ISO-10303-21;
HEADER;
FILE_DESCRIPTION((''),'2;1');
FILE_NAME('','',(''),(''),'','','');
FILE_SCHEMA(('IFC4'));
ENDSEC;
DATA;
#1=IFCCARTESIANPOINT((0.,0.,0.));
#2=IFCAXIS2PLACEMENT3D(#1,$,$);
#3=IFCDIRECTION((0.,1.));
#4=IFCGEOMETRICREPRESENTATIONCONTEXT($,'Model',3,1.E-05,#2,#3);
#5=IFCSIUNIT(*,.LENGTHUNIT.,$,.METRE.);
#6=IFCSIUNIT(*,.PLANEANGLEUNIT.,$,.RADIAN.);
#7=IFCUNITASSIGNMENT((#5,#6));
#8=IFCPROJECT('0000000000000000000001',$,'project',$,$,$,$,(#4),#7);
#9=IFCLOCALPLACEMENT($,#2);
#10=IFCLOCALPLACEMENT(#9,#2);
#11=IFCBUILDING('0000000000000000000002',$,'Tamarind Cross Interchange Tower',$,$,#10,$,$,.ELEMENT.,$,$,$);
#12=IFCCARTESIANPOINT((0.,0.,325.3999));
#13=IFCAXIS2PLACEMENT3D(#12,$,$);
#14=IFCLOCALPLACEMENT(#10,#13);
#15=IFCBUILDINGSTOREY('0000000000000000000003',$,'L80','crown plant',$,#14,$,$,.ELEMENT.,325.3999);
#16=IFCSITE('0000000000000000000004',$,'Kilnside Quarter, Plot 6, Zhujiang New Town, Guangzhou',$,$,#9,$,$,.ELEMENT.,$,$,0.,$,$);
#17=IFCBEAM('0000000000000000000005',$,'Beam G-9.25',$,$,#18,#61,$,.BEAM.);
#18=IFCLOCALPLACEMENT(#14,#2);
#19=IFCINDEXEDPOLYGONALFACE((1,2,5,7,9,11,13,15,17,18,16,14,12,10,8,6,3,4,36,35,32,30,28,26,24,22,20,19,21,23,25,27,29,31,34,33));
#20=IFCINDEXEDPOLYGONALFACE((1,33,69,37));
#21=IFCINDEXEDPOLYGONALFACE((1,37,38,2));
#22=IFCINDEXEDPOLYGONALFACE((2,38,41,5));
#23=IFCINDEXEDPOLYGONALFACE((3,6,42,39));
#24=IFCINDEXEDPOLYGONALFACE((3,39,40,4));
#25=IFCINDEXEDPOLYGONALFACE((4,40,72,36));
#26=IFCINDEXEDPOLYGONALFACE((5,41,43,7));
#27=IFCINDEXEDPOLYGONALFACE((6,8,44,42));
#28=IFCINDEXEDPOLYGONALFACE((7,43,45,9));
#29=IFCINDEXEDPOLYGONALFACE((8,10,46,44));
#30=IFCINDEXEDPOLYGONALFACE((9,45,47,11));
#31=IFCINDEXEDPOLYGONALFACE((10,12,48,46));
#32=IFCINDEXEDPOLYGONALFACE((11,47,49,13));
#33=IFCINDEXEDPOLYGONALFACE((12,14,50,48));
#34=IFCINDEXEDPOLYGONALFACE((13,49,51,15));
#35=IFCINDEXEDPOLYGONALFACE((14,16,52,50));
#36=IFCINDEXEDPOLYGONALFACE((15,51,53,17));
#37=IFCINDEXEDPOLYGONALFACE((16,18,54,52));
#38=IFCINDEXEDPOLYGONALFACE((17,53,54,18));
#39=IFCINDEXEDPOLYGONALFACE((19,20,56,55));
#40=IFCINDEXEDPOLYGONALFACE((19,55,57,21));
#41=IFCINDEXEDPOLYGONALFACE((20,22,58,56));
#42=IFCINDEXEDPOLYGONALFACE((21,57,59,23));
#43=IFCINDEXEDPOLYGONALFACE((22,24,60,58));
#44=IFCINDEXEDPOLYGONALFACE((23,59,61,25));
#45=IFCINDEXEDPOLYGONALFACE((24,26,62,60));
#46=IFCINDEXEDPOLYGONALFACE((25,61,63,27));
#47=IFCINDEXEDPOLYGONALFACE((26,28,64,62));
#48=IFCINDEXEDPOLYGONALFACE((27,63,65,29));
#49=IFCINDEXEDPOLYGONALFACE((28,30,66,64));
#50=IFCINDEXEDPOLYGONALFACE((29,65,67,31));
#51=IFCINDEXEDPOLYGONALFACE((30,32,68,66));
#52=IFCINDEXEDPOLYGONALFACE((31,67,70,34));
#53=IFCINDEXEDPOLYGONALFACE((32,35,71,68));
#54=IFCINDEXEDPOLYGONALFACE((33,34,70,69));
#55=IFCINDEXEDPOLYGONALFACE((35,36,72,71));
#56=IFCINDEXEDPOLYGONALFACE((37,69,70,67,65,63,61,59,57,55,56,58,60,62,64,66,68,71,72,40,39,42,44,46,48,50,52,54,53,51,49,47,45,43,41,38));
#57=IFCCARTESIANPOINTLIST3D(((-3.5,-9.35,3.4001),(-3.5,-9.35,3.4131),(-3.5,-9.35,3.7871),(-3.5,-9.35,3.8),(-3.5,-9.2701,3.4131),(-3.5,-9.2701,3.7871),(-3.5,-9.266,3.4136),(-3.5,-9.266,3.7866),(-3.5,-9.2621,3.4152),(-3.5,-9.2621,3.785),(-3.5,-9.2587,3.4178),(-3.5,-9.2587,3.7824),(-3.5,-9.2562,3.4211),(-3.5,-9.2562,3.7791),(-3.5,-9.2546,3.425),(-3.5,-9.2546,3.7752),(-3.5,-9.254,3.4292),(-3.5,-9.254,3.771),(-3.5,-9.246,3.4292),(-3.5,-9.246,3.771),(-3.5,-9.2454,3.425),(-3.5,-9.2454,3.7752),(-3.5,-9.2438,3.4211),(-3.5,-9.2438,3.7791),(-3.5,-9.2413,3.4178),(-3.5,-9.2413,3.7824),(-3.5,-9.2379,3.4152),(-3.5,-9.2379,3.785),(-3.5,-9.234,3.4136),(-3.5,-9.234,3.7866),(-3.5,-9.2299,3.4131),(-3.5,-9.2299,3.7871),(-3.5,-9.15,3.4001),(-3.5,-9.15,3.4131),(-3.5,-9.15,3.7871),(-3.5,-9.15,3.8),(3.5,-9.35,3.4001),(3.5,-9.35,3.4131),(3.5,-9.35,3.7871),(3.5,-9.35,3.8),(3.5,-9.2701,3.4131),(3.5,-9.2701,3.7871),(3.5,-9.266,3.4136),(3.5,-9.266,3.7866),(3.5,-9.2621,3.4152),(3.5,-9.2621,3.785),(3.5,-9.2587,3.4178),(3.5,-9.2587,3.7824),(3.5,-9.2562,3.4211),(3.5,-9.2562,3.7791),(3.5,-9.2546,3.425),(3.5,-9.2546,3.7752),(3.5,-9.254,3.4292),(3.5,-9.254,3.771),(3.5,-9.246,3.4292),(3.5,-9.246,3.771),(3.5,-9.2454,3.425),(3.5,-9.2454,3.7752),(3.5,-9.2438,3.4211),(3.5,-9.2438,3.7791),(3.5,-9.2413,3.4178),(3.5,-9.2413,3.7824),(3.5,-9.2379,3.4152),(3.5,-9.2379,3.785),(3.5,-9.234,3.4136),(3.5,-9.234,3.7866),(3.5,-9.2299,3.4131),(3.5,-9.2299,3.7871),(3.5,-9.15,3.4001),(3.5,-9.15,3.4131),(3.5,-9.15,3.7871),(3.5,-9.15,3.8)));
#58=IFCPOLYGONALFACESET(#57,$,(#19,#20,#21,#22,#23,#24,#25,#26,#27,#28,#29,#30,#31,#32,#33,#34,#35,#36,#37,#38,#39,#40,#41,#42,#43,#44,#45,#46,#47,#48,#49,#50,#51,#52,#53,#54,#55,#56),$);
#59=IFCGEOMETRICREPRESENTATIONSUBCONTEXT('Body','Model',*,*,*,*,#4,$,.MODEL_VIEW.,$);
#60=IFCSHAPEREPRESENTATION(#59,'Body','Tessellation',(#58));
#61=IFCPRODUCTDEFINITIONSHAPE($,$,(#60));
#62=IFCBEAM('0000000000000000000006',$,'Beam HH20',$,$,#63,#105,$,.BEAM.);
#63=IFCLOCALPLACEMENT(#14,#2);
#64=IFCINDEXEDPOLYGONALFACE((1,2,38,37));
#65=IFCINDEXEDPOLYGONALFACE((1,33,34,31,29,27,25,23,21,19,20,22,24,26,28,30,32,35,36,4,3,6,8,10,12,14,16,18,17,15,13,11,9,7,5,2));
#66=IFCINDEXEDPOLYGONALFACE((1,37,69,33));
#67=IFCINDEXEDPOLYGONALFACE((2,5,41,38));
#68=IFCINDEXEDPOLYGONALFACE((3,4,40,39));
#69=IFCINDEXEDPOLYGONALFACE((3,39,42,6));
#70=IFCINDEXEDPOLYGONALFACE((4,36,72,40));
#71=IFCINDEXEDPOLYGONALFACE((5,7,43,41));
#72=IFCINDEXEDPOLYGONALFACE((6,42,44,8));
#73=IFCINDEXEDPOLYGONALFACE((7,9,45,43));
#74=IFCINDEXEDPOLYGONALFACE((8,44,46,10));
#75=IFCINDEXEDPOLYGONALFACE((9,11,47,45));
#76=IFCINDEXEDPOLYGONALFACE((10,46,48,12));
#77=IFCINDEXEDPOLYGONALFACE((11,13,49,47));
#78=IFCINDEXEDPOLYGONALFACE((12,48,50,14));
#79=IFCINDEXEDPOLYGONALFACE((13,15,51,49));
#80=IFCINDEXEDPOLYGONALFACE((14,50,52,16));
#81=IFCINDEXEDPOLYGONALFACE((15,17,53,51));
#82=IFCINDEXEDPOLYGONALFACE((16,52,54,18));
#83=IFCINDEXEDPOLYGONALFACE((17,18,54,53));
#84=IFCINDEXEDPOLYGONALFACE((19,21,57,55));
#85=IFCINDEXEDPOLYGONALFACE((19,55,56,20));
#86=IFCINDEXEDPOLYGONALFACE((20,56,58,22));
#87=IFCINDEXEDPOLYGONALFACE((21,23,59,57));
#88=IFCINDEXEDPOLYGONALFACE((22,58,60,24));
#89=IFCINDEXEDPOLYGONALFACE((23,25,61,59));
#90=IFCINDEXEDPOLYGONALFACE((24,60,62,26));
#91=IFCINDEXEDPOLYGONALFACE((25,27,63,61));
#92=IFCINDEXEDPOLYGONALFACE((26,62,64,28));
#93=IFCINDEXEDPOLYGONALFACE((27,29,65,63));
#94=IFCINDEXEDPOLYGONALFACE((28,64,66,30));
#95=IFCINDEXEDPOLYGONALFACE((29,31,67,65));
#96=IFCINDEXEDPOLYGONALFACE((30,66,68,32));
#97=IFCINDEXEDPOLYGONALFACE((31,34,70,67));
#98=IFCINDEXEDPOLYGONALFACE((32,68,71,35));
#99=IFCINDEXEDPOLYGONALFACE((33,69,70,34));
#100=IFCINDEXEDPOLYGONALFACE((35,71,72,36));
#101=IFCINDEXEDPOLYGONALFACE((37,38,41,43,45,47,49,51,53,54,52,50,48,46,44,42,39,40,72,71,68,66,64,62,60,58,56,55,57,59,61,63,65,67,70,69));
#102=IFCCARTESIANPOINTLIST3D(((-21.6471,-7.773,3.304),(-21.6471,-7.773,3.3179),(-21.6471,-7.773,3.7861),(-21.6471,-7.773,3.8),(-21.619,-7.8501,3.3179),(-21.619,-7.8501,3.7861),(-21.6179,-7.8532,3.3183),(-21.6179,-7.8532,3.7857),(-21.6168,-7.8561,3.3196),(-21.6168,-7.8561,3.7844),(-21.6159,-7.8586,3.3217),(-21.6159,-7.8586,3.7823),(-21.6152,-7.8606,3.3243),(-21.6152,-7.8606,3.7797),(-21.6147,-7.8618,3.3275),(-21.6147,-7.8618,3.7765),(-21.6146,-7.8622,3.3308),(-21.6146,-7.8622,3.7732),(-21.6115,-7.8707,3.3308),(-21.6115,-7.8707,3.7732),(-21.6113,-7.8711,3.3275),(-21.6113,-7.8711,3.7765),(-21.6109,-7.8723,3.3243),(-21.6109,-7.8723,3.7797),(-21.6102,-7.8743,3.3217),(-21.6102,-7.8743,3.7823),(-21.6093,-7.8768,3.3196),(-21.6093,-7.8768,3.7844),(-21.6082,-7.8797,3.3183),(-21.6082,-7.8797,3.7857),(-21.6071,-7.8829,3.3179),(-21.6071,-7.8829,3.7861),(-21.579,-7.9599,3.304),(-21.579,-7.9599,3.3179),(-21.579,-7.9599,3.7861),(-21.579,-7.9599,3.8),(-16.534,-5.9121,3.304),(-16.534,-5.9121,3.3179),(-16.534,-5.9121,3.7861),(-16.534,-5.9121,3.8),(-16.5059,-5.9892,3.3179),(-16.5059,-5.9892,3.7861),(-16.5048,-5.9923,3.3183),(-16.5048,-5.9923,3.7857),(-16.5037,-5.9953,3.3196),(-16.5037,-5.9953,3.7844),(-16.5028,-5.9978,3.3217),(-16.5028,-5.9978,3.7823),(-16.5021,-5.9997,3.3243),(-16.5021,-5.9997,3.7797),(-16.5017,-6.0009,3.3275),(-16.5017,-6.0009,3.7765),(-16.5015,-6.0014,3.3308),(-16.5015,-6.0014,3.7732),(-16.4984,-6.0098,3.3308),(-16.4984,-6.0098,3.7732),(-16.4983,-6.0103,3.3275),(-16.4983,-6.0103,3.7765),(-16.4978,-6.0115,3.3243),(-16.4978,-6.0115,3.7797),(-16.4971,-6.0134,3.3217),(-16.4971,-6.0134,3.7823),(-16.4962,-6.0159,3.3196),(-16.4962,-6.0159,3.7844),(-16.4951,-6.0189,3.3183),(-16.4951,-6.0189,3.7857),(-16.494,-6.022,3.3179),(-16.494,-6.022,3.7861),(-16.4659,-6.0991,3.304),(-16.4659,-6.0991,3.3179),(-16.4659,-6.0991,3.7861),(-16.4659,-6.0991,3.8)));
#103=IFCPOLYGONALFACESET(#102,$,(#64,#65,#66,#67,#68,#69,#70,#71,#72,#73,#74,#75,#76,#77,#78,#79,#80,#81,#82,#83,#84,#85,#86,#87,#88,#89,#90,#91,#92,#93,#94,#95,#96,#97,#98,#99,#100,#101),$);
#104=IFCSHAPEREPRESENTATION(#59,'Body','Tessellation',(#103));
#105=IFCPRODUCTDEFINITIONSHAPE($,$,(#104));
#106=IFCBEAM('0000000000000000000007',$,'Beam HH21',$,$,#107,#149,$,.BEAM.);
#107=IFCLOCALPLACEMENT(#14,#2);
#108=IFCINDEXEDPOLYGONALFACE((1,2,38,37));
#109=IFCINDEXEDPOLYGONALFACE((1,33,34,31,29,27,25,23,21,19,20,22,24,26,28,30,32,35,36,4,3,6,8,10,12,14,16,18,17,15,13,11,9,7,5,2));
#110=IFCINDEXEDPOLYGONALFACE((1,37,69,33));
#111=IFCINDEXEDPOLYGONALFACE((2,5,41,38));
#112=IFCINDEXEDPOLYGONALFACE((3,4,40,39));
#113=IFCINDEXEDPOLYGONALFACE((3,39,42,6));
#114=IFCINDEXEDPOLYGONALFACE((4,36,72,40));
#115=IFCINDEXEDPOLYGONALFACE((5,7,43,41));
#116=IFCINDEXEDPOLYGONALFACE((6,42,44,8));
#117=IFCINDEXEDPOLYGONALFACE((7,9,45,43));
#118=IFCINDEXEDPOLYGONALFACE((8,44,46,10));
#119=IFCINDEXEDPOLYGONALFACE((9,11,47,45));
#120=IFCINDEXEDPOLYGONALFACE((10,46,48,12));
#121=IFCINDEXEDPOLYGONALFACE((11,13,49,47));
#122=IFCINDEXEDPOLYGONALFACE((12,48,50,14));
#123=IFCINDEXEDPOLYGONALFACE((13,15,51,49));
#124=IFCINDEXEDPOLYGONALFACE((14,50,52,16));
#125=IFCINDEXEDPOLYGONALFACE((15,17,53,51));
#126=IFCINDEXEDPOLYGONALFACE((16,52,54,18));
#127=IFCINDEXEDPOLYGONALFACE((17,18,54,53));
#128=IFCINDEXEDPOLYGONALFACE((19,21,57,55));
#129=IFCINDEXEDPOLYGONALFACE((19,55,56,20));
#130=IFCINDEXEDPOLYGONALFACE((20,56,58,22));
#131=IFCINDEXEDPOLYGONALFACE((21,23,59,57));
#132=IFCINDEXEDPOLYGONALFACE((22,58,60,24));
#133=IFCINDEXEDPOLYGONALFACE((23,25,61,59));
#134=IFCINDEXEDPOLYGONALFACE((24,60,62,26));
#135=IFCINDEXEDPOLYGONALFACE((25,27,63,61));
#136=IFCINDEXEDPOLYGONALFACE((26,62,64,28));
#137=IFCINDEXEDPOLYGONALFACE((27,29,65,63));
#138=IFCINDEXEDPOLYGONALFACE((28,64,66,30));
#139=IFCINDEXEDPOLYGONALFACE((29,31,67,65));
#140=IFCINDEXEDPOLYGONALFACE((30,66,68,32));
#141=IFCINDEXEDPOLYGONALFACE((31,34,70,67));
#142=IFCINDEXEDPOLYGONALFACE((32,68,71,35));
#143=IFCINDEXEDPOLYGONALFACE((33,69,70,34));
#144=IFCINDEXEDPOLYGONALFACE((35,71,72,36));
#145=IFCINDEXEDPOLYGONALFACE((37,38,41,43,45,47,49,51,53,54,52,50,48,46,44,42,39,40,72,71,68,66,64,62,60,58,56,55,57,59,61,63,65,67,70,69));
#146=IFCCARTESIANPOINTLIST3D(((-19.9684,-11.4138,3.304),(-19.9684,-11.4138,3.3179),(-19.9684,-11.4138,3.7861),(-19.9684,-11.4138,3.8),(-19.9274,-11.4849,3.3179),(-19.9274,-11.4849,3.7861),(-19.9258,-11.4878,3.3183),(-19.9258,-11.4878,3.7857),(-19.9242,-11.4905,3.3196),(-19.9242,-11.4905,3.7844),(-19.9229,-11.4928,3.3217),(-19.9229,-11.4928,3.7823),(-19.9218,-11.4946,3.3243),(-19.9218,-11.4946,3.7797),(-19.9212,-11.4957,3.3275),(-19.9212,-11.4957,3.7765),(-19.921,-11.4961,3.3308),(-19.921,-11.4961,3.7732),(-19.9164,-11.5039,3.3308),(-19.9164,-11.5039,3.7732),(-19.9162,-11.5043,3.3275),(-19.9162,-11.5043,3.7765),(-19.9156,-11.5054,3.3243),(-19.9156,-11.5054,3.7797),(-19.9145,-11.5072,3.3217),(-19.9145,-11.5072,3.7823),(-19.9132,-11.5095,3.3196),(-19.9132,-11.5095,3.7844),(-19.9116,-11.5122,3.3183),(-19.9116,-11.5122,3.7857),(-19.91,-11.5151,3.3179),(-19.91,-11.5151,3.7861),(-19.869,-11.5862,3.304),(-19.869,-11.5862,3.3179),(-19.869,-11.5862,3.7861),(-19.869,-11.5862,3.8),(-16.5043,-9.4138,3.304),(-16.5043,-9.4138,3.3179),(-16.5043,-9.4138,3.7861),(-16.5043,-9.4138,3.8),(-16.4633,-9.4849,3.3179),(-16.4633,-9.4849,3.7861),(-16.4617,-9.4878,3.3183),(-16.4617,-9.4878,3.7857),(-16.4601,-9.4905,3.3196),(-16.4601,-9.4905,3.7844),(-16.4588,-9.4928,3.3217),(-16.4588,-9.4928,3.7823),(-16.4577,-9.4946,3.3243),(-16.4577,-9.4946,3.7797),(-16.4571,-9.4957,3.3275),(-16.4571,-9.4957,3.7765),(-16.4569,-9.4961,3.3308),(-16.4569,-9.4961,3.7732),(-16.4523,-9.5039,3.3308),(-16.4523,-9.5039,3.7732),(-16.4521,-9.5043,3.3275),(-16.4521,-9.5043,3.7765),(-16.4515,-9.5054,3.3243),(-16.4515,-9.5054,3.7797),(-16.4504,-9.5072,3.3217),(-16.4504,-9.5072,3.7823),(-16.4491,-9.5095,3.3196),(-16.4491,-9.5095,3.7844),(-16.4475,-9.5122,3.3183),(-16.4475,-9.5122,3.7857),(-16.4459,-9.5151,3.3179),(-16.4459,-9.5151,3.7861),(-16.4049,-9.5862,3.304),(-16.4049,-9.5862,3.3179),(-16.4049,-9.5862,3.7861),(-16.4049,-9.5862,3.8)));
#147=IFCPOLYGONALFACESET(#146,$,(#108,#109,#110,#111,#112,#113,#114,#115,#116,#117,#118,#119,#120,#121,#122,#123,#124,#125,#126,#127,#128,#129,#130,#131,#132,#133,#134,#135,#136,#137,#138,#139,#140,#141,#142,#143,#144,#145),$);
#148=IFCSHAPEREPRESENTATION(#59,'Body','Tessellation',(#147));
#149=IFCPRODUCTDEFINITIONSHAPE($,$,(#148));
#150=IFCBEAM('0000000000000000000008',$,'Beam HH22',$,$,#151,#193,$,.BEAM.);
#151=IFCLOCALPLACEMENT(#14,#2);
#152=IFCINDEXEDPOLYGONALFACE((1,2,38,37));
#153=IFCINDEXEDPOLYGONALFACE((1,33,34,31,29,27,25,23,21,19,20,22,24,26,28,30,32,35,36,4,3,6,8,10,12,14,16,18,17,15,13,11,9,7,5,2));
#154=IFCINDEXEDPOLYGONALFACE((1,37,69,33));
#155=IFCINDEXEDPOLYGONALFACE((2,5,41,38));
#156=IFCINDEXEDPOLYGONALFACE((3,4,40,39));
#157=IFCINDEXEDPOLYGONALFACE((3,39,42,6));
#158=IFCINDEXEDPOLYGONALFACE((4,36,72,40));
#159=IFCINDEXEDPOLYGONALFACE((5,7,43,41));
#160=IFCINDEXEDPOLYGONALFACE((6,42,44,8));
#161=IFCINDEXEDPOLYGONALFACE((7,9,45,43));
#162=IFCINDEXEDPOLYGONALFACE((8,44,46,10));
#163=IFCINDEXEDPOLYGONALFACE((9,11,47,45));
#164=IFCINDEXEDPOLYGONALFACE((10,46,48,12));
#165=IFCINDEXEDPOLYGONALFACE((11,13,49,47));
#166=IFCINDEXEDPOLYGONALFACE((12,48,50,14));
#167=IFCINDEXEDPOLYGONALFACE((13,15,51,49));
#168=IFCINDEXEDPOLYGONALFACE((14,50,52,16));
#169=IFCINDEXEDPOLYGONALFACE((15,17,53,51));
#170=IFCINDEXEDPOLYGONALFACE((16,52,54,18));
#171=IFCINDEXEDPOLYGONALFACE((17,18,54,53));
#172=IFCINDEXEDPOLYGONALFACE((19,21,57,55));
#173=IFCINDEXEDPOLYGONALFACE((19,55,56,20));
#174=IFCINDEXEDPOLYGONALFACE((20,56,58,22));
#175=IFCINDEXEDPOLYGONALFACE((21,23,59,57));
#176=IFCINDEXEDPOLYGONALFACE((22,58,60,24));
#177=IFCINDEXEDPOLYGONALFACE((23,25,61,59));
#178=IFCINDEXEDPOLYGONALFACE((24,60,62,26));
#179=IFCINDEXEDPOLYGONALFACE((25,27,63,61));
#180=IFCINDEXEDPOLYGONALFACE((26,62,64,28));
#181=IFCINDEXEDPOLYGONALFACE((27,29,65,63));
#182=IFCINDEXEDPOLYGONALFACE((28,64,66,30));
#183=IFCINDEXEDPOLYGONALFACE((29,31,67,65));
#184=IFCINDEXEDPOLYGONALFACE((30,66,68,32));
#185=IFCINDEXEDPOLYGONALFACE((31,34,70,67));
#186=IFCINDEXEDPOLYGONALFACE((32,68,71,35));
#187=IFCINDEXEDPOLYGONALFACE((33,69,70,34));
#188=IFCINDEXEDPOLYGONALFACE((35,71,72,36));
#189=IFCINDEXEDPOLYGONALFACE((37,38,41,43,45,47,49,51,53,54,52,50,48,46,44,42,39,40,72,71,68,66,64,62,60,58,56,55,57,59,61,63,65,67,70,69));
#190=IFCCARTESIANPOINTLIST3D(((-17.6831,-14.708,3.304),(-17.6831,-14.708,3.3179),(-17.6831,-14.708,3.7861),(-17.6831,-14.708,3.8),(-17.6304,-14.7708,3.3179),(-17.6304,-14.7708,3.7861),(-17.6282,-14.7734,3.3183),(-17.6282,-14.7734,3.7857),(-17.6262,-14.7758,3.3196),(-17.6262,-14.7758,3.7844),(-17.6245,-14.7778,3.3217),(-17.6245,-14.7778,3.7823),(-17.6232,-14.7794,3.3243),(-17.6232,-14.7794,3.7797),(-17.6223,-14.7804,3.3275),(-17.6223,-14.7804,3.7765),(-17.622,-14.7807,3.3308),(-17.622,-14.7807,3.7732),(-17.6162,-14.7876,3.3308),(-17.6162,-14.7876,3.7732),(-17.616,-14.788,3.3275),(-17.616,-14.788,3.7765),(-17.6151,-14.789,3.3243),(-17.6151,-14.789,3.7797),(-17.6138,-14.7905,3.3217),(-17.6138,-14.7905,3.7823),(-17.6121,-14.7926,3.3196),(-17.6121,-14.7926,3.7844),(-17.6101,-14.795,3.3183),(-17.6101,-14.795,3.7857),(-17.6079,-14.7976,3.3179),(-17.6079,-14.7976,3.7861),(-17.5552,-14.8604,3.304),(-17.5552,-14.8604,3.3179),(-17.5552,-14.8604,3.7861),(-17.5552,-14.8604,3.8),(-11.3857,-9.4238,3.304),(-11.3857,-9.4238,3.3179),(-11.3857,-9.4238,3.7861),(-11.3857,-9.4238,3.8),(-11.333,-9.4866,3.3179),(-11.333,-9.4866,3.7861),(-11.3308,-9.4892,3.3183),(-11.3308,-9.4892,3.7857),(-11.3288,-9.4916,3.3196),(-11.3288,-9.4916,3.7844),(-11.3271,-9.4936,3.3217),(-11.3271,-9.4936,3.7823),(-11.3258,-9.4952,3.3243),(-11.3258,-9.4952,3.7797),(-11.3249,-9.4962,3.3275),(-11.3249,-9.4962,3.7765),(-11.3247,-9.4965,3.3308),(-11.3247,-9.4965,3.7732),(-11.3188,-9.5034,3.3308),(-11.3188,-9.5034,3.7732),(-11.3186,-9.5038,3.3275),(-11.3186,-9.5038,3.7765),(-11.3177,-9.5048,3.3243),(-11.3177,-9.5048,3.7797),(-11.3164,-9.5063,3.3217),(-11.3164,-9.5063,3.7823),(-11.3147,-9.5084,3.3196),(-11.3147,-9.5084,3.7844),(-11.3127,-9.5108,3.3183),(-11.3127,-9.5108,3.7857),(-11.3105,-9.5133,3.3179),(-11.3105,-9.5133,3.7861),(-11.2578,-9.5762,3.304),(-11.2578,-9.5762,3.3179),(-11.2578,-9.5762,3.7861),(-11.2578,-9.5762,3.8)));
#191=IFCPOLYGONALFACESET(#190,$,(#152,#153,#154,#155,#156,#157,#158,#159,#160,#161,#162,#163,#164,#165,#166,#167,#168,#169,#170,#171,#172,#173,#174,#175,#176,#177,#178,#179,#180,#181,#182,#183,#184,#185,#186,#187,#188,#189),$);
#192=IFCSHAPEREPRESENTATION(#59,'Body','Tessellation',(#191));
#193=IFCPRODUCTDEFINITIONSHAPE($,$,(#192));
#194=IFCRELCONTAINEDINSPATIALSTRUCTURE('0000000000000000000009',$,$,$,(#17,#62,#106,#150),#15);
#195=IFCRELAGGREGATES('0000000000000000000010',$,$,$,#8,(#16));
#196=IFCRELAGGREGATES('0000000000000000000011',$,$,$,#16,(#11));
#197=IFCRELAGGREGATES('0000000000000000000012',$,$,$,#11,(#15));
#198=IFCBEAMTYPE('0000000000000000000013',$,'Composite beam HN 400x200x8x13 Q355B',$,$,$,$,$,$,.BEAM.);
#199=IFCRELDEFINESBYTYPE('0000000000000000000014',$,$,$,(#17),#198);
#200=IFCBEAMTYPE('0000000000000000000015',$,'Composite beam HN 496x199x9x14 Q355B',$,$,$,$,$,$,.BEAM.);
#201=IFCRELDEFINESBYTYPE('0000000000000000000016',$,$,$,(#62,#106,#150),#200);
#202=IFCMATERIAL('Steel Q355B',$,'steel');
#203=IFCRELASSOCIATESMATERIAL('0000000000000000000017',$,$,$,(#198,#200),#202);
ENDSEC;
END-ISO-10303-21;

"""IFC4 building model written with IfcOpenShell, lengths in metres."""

from ifc_helpers import new_model, si_unit, direction, frame, origin, origin_2d, place, context, subcontext, project, spatial, i_section, extrude, material, material_profile, profile_set, type_object, element, save


model = new_model("IFC4")

# Units and contexts
model_context = context("Model", 3, precision=1e-05, world=origin(), true_north=direction((0.0, 1.0)))
body_context = subcontext(model_context, "Body", "Model", "MODEL_VIEW")
ifc_project = project(units=[si_unit("LENGTHUNIT", "METRE"), si_unit("PLANEANGLEUNIT", "RADIAN")], contexts=[model_context])

# Site, building, storey
site_placement = place(None, origin())
site = spatial("IfcSite", under=ifc_project, at=site_placement, Name="Kilnside Quarter, Plot 6, Zhujiang New Town, Guangzhou", CompositionType="ELEMENT", RefElevation=0.0)
building_placement = place(site_placement, origin())
building = spatial("IfcBuilding", under=site, at=building_placement, Name="Tamarind Cross Interchange Tower", CompositionType="ELEMENT")
storey_placement = place(building_placement, frame((0.0, 0.0, 325.3999)))
storey = spatial("IfcBuildingStorey", under=building, at=storey_placement, Name="L80", Description="crown plant", CompositionType="ELEMENT", Elevation=325.3999)

# Beams
ifc_material_1 = material(Name="Steel Q355B", Category="steel")
ifc_material_profile_1 = material_profile(ifc_material_1, i_section(OverallWidth=0.2, OverallDepth=0.3999, WebThickness=0.0081, FlangeThickness=0.0129, FilletRadius=0.0161, at=origin_2d()), Name="HN 400x200x8x13")
ifc_profile_set_1 = profile_set([ifc_material_profile_1], Name="Steel Q355B")
beam_type_1 = type_object("IfcBeamType", Name="Composite beam HN 400x200x8x13 Q355B", PredefinedType="BEAM", material=ifc_profile_set_1)
beam_1_placement = place(storey_placement, frame((-3.5, -9.25, 3.6001), z_axis=(1.0, 0.0, 0.0), x_axis=(0.0, 1.0, 0.0)))
element("IfcBeam", 1, at=beam_1_placement, inside=storey, type_object=beam_type_1, Name="Beam G-9.25", PredefinedType="BEAM", context=body_context, shape_type="SweptSolid", body=[
    extrude(i_section(OverallWidth=0.2, OverallDepth=0.3999, WebThickness=0.0081, FlangeThickness=0.0129, FilletRadius=0.0161, at=origin_2d()), origin(), (0.0, 0.0, 1.0), 7.0),
])
ifc_material_profile_2 = material_profile(ifc_material_1, i_section(OverallWidth=0.199, OverallDepth=0.4961, WebThickness=0.009, FlangeThickness=0.0139, FilletRadius=0.0129, at=origin_2d()), Name="HN 496x199x9x14")
ifc_profile_set_2 = profile_set([ifc_material_profile_2], Name="Steel Q355B")
beam_type_2 = type_object("IfcBeamType", Name="Composite beam HN 496x199x9x14 Q355B", PredefinedType="BEAM", material=ifc_profile_set_2)
beam_2_placement = place(storey_placement, frame((-21.613, -7.8665, 3.552), z_axis=(0.939702, 0.341995, 0.0), x_axis=(-0.341995, 0.939702, 0.0)))
element("IfcBeam", 2, at=beam_2_placement, inside=storey, type_object=beam_type_2, Name="Beam HH20", PredefinedType="BEAM", context=body_context, shape_type="SweptSolid", body=[
    extrude(i_section(OverallWidth=0.199, OverallDepth=0.4961, WebThickness=0.009, FlangeThickness=0.0139, FilletRadius=0.0129, at=origin_2d()), origin(), (0.0, 0.0, 1.0), 5.4412),
])
beam_3_placement = place(storey_placement, frame((-19.9187, -11.5, 3.552), z_axis=(0.866026, 0.499999, 0.0), x_axis=(-0.499999, 0.866026, 0.0)))
element("IfcBeam", 3, at=beam_3_placement, inside=storey, type_object=beam_type_2, Name="Beam HH21", PredefinedType="BEAM", context=body_context, shape_type="SweptSolid", body=[
    extrude(i_section(OverallWidth=0.199, OverallDepth=0.4961, WebThickness=0.009, FlangeThickness=0.0139, FilletRadius=0.0129, at=origin_2d()), origin(), (0.0, 0.0, 1.0), 4.0),
])
beam_4_placement = place(storey_placement, frame((-17.6191, -14.7842, 3.552), z_axis=(0.766041, 0.642792, 0.0), x_axis=(-0.642792, 0.766041, 0.0)))
element("IfcBeam", 4, at=beam_4_placement, inside=storey, type_object=beam_type_2, Name="Beam HH22", PredefinedType="BEAM", context=body_context, shape_type="SweptSolid", body=[
    extrude(i_section(OverallWidth=0.199, OverallDepth=0.4961, WebThickness=0.009, FlangeThickness=0.0139, FilletRadius=0.0129, at=origin_2d()), origin(), (0.0, 0.0, 1.0), 8.2207),
])

save(model, "model.ifc")
